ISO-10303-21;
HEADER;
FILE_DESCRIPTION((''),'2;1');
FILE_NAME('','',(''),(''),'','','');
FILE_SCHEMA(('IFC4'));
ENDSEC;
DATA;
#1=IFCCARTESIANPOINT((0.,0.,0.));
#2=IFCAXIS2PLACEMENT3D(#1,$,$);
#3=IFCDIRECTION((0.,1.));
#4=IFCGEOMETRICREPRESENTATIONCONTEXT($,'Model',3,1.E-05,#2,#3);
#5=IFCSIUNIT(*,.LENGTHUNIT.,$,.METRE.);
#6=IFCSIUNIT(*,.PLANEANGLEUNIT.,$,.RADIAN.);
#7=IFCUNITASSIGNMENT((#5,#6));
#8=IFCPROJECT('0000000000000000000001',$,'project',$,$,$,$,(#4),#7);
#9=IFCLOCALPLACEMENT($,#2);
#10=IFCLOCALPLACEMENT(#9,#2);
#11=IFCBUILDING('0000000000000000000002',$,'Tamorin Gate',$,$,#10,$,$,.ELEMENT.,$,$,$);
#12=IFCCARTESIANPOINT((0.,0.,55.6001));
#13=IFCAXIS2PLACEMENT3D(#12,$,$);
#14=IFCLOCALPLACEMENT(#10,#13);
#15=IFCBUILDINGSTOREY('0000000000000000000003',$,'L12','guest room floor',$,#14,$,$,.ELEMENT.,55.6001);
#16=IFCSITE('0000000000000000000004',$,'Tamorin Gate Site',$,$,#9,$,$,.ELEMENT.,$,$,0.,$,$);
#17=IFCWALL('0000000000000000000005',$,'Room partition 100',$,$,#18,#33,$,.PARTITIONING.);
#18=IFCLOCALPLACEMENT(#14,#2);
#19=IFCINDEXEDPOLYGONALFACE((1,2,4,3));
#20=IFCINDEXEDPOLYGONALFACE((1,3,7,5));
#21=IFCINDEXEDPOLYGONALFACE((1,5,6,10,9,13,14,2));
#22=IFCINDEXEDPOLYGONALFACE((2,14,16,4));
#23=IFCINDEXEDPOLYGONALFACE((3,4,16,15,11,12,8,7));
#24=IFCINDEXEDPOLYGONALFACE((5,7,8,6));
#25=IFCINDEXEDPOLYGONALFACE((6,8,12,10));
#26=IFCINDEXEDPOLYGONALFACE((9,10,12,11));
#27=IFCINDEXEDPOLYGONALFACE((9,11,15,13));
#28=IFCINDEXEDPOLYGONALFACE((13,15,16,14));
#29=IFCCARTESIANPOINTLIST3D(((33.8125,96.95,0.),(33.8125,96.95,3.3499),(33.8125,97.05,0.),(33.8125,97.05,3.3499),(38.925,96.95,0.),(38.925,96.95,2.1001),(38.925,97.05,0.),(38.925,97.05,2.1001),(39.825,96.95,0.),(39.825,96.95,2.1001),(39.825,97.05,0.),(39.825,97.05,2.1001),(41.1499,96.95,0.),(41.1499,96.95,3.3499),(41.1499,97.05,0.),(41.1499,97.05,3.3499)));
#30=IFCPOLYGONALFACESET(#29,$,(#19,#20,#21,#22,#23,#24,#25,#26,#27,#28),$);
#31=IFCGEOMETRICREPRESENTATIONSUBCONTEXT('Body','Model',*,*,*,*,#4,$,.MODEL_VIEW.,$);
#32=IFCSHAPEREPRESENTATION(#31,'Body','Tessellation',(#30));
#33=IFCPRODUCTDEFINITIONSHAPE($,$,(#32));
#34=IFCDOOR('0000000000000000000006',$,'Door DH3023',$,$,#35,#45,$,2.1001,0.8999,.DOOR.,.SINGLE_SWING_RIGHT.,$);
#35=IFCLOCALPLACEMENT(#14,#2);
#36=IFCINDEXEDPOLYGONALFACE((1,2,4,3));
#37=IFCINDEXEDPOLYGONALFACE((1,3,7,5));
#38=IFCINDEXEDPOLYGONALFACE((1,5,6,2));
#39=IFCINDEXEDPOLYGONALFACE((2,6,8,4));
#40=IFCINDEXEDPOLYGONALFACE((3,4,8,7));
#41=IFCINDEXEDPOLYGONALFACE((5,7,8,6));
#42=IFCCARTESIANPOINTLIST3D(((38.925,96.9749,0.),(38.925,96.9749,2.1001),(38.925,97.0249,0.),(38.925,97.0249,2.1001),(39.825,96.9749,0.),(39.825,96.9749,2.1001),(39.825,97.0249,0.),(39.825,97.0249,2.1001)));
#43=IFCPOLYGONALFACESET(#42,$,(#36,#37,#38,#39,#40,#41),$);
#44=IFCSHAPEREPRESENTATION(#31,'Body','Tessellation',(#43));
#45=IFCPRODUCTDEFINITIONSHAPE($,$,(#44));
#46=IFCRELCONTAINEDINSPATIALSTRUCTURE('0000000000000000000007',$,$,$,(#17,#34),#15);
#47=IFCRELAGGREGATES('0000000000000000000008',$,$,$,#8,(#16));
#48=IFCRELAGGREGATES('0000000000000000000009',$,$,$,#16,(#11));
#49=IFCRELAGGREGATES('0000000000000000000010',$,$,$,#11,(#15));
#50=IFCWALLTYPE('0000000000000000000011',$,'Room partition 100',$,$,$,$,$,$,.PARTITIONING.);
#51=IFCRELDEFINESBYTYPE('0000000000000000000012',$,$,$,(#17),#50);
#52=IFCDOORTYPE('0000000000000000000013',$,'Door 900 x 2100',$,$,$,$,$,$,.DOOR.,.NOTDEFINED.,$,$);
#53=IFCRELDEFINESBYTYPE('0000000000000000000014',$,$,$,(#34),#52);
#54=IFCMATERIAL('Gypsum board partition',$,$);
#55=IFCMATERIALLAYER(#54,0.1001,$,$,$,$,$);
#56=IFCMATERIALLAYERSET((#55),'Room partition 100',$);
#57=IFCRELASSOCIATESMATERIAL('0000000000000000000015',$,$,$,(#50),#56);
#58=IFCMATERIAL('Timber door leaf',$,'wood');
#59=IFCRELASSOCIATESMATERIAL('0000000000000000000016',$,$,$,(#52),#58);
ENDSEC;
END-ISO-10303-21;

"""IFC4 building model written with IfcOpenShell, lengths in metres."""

from ifc_helpers import new_model, si_unit, direction, frame, frame_2d, origin, place, context, subcontext, project, spatial, rectangle, extrude, material, layer, layer_set, type_object, element, fill, save


model = new_model("IFC4")

# Units and contexts
model_context = context("Model", 3, precision=1e-05, world=origin(), true_north=direction((0.0, 1.0)))
body_context = subcontext(model_context, "Body", "Model", "MODEL_VIEW")
ifc_project = project(units=[si_unit("LENGTHUNIT", "METRE"), si_unit("PLANEANGLEUNIT", "RADIAN")], contexts=[model_context])

# Site, building, storey
site_placement = place(None, origin())
site = spatial("IfcSite", under=ifc_project, at=site_placement, Name="Tamorin Gate Site", CompositionType="ELEMENT", RefElevation=0.0)
building_placement = place(site_placement, origin())
building = spatial("IfcBuilding", under=site, at=building_placement, Name="Tamorin Gate", CompositionType="ELEMENT")
storey_placement = place(building_placement, frame((0.0, 0.0, 55.6001)))
storey = spatial("IfcBuildingStorey", under=building, at=storey_placement, Name="L12", Description="guest room floor", CompositionType="ELEMENT", Elevation=55.6001)

# Wall, opening, door
ifc_material_1 = material(Name="Gypsum board partition")
ifc_layer_1 = layer(ifc_material_1, 0.1001)
ifc_layer_set_1 = layer_set([ifc_layer_1], Name="Room partition 100")
wall_type_1 = type_object("IfcWallType", Name="Room partition 100", PredefinedType="PARTITIONING", material=ifc_layer_set_1)
wall_1_placement = place(storey_placement, frame((33.8125, 97.0, 0.0), z_axis=(0.0, 0.0, 1.0), x_axis=(1.0, 0.0, 0.0)))
wall_1 = element("IfcWall", 1, at=wall_1_placement, inside=storey, type_object=wall_type_1, Name="Room partition 100", PredefinedType="PARTITIONING", context=body_context, shape_type="SweptSolid", body=[
    extrude(rectangle(XDim=7.3374, YDim=0.1001, at=frame_2d((3.6687, 0.0))), origin(), (0.0, 0.0, 1.0), 3.3499),
])
opening_1_placement = place(wall_1_placement, frame((5.1125, 0.0, 0.0)))
opening_1 = element("IfcOpeningElement", 2, at=opening_1_placement, cuts=wall_1, PredefinedType="OPENING", context=body_context, shape_type="SweptSolid", body=[
    extrude(rectangle(XDim=0.8999, YDim=2.1001, at=frame_2d((0.45, 1.05))), frame((0.0, 0.0601, 0.0), z_axis=(0.0, -1.0, 0.0), x_axis=(1.0, 0.0, 0.0)), (0.0, 0.0, 1.0), 0.1201),
])
ifc_material_2 = material(Name="Timber door leaf", Category="wood")
door_type = type_object("IfcDoorType", Name="Door 900 x 2100", OperationType="NOTDEFINED", PredefinedType="DOOR", material=ifc_material_2)
door_placement = place(opening_1_placement, origin())
door = element("IfcDoor", 3, at=door_placement, inside=storey, type_object=door_type, Name="Door DH3023", OperationType="SINGLE_SWING_RIGHT", OverallHeight=2.1001, OverallWidth=0.8999, PredefinedType="DOOR", context=body_context, shape_type="SweptSolid", body=[
    extrude(rectangle(XDim=0.8999, YDim=2.1001, at=frame_2d((0.45, 1.05))), frame((0.0, 0.0249, 0.0), z_axis=(0.0, -1.0, 0.0), x_axis=(1.0, 0.0, 0.0)), (0.0, 0.0, 1.0), 0.05),
])
fill(opening_1, door)

save(model, "model.ifc")
